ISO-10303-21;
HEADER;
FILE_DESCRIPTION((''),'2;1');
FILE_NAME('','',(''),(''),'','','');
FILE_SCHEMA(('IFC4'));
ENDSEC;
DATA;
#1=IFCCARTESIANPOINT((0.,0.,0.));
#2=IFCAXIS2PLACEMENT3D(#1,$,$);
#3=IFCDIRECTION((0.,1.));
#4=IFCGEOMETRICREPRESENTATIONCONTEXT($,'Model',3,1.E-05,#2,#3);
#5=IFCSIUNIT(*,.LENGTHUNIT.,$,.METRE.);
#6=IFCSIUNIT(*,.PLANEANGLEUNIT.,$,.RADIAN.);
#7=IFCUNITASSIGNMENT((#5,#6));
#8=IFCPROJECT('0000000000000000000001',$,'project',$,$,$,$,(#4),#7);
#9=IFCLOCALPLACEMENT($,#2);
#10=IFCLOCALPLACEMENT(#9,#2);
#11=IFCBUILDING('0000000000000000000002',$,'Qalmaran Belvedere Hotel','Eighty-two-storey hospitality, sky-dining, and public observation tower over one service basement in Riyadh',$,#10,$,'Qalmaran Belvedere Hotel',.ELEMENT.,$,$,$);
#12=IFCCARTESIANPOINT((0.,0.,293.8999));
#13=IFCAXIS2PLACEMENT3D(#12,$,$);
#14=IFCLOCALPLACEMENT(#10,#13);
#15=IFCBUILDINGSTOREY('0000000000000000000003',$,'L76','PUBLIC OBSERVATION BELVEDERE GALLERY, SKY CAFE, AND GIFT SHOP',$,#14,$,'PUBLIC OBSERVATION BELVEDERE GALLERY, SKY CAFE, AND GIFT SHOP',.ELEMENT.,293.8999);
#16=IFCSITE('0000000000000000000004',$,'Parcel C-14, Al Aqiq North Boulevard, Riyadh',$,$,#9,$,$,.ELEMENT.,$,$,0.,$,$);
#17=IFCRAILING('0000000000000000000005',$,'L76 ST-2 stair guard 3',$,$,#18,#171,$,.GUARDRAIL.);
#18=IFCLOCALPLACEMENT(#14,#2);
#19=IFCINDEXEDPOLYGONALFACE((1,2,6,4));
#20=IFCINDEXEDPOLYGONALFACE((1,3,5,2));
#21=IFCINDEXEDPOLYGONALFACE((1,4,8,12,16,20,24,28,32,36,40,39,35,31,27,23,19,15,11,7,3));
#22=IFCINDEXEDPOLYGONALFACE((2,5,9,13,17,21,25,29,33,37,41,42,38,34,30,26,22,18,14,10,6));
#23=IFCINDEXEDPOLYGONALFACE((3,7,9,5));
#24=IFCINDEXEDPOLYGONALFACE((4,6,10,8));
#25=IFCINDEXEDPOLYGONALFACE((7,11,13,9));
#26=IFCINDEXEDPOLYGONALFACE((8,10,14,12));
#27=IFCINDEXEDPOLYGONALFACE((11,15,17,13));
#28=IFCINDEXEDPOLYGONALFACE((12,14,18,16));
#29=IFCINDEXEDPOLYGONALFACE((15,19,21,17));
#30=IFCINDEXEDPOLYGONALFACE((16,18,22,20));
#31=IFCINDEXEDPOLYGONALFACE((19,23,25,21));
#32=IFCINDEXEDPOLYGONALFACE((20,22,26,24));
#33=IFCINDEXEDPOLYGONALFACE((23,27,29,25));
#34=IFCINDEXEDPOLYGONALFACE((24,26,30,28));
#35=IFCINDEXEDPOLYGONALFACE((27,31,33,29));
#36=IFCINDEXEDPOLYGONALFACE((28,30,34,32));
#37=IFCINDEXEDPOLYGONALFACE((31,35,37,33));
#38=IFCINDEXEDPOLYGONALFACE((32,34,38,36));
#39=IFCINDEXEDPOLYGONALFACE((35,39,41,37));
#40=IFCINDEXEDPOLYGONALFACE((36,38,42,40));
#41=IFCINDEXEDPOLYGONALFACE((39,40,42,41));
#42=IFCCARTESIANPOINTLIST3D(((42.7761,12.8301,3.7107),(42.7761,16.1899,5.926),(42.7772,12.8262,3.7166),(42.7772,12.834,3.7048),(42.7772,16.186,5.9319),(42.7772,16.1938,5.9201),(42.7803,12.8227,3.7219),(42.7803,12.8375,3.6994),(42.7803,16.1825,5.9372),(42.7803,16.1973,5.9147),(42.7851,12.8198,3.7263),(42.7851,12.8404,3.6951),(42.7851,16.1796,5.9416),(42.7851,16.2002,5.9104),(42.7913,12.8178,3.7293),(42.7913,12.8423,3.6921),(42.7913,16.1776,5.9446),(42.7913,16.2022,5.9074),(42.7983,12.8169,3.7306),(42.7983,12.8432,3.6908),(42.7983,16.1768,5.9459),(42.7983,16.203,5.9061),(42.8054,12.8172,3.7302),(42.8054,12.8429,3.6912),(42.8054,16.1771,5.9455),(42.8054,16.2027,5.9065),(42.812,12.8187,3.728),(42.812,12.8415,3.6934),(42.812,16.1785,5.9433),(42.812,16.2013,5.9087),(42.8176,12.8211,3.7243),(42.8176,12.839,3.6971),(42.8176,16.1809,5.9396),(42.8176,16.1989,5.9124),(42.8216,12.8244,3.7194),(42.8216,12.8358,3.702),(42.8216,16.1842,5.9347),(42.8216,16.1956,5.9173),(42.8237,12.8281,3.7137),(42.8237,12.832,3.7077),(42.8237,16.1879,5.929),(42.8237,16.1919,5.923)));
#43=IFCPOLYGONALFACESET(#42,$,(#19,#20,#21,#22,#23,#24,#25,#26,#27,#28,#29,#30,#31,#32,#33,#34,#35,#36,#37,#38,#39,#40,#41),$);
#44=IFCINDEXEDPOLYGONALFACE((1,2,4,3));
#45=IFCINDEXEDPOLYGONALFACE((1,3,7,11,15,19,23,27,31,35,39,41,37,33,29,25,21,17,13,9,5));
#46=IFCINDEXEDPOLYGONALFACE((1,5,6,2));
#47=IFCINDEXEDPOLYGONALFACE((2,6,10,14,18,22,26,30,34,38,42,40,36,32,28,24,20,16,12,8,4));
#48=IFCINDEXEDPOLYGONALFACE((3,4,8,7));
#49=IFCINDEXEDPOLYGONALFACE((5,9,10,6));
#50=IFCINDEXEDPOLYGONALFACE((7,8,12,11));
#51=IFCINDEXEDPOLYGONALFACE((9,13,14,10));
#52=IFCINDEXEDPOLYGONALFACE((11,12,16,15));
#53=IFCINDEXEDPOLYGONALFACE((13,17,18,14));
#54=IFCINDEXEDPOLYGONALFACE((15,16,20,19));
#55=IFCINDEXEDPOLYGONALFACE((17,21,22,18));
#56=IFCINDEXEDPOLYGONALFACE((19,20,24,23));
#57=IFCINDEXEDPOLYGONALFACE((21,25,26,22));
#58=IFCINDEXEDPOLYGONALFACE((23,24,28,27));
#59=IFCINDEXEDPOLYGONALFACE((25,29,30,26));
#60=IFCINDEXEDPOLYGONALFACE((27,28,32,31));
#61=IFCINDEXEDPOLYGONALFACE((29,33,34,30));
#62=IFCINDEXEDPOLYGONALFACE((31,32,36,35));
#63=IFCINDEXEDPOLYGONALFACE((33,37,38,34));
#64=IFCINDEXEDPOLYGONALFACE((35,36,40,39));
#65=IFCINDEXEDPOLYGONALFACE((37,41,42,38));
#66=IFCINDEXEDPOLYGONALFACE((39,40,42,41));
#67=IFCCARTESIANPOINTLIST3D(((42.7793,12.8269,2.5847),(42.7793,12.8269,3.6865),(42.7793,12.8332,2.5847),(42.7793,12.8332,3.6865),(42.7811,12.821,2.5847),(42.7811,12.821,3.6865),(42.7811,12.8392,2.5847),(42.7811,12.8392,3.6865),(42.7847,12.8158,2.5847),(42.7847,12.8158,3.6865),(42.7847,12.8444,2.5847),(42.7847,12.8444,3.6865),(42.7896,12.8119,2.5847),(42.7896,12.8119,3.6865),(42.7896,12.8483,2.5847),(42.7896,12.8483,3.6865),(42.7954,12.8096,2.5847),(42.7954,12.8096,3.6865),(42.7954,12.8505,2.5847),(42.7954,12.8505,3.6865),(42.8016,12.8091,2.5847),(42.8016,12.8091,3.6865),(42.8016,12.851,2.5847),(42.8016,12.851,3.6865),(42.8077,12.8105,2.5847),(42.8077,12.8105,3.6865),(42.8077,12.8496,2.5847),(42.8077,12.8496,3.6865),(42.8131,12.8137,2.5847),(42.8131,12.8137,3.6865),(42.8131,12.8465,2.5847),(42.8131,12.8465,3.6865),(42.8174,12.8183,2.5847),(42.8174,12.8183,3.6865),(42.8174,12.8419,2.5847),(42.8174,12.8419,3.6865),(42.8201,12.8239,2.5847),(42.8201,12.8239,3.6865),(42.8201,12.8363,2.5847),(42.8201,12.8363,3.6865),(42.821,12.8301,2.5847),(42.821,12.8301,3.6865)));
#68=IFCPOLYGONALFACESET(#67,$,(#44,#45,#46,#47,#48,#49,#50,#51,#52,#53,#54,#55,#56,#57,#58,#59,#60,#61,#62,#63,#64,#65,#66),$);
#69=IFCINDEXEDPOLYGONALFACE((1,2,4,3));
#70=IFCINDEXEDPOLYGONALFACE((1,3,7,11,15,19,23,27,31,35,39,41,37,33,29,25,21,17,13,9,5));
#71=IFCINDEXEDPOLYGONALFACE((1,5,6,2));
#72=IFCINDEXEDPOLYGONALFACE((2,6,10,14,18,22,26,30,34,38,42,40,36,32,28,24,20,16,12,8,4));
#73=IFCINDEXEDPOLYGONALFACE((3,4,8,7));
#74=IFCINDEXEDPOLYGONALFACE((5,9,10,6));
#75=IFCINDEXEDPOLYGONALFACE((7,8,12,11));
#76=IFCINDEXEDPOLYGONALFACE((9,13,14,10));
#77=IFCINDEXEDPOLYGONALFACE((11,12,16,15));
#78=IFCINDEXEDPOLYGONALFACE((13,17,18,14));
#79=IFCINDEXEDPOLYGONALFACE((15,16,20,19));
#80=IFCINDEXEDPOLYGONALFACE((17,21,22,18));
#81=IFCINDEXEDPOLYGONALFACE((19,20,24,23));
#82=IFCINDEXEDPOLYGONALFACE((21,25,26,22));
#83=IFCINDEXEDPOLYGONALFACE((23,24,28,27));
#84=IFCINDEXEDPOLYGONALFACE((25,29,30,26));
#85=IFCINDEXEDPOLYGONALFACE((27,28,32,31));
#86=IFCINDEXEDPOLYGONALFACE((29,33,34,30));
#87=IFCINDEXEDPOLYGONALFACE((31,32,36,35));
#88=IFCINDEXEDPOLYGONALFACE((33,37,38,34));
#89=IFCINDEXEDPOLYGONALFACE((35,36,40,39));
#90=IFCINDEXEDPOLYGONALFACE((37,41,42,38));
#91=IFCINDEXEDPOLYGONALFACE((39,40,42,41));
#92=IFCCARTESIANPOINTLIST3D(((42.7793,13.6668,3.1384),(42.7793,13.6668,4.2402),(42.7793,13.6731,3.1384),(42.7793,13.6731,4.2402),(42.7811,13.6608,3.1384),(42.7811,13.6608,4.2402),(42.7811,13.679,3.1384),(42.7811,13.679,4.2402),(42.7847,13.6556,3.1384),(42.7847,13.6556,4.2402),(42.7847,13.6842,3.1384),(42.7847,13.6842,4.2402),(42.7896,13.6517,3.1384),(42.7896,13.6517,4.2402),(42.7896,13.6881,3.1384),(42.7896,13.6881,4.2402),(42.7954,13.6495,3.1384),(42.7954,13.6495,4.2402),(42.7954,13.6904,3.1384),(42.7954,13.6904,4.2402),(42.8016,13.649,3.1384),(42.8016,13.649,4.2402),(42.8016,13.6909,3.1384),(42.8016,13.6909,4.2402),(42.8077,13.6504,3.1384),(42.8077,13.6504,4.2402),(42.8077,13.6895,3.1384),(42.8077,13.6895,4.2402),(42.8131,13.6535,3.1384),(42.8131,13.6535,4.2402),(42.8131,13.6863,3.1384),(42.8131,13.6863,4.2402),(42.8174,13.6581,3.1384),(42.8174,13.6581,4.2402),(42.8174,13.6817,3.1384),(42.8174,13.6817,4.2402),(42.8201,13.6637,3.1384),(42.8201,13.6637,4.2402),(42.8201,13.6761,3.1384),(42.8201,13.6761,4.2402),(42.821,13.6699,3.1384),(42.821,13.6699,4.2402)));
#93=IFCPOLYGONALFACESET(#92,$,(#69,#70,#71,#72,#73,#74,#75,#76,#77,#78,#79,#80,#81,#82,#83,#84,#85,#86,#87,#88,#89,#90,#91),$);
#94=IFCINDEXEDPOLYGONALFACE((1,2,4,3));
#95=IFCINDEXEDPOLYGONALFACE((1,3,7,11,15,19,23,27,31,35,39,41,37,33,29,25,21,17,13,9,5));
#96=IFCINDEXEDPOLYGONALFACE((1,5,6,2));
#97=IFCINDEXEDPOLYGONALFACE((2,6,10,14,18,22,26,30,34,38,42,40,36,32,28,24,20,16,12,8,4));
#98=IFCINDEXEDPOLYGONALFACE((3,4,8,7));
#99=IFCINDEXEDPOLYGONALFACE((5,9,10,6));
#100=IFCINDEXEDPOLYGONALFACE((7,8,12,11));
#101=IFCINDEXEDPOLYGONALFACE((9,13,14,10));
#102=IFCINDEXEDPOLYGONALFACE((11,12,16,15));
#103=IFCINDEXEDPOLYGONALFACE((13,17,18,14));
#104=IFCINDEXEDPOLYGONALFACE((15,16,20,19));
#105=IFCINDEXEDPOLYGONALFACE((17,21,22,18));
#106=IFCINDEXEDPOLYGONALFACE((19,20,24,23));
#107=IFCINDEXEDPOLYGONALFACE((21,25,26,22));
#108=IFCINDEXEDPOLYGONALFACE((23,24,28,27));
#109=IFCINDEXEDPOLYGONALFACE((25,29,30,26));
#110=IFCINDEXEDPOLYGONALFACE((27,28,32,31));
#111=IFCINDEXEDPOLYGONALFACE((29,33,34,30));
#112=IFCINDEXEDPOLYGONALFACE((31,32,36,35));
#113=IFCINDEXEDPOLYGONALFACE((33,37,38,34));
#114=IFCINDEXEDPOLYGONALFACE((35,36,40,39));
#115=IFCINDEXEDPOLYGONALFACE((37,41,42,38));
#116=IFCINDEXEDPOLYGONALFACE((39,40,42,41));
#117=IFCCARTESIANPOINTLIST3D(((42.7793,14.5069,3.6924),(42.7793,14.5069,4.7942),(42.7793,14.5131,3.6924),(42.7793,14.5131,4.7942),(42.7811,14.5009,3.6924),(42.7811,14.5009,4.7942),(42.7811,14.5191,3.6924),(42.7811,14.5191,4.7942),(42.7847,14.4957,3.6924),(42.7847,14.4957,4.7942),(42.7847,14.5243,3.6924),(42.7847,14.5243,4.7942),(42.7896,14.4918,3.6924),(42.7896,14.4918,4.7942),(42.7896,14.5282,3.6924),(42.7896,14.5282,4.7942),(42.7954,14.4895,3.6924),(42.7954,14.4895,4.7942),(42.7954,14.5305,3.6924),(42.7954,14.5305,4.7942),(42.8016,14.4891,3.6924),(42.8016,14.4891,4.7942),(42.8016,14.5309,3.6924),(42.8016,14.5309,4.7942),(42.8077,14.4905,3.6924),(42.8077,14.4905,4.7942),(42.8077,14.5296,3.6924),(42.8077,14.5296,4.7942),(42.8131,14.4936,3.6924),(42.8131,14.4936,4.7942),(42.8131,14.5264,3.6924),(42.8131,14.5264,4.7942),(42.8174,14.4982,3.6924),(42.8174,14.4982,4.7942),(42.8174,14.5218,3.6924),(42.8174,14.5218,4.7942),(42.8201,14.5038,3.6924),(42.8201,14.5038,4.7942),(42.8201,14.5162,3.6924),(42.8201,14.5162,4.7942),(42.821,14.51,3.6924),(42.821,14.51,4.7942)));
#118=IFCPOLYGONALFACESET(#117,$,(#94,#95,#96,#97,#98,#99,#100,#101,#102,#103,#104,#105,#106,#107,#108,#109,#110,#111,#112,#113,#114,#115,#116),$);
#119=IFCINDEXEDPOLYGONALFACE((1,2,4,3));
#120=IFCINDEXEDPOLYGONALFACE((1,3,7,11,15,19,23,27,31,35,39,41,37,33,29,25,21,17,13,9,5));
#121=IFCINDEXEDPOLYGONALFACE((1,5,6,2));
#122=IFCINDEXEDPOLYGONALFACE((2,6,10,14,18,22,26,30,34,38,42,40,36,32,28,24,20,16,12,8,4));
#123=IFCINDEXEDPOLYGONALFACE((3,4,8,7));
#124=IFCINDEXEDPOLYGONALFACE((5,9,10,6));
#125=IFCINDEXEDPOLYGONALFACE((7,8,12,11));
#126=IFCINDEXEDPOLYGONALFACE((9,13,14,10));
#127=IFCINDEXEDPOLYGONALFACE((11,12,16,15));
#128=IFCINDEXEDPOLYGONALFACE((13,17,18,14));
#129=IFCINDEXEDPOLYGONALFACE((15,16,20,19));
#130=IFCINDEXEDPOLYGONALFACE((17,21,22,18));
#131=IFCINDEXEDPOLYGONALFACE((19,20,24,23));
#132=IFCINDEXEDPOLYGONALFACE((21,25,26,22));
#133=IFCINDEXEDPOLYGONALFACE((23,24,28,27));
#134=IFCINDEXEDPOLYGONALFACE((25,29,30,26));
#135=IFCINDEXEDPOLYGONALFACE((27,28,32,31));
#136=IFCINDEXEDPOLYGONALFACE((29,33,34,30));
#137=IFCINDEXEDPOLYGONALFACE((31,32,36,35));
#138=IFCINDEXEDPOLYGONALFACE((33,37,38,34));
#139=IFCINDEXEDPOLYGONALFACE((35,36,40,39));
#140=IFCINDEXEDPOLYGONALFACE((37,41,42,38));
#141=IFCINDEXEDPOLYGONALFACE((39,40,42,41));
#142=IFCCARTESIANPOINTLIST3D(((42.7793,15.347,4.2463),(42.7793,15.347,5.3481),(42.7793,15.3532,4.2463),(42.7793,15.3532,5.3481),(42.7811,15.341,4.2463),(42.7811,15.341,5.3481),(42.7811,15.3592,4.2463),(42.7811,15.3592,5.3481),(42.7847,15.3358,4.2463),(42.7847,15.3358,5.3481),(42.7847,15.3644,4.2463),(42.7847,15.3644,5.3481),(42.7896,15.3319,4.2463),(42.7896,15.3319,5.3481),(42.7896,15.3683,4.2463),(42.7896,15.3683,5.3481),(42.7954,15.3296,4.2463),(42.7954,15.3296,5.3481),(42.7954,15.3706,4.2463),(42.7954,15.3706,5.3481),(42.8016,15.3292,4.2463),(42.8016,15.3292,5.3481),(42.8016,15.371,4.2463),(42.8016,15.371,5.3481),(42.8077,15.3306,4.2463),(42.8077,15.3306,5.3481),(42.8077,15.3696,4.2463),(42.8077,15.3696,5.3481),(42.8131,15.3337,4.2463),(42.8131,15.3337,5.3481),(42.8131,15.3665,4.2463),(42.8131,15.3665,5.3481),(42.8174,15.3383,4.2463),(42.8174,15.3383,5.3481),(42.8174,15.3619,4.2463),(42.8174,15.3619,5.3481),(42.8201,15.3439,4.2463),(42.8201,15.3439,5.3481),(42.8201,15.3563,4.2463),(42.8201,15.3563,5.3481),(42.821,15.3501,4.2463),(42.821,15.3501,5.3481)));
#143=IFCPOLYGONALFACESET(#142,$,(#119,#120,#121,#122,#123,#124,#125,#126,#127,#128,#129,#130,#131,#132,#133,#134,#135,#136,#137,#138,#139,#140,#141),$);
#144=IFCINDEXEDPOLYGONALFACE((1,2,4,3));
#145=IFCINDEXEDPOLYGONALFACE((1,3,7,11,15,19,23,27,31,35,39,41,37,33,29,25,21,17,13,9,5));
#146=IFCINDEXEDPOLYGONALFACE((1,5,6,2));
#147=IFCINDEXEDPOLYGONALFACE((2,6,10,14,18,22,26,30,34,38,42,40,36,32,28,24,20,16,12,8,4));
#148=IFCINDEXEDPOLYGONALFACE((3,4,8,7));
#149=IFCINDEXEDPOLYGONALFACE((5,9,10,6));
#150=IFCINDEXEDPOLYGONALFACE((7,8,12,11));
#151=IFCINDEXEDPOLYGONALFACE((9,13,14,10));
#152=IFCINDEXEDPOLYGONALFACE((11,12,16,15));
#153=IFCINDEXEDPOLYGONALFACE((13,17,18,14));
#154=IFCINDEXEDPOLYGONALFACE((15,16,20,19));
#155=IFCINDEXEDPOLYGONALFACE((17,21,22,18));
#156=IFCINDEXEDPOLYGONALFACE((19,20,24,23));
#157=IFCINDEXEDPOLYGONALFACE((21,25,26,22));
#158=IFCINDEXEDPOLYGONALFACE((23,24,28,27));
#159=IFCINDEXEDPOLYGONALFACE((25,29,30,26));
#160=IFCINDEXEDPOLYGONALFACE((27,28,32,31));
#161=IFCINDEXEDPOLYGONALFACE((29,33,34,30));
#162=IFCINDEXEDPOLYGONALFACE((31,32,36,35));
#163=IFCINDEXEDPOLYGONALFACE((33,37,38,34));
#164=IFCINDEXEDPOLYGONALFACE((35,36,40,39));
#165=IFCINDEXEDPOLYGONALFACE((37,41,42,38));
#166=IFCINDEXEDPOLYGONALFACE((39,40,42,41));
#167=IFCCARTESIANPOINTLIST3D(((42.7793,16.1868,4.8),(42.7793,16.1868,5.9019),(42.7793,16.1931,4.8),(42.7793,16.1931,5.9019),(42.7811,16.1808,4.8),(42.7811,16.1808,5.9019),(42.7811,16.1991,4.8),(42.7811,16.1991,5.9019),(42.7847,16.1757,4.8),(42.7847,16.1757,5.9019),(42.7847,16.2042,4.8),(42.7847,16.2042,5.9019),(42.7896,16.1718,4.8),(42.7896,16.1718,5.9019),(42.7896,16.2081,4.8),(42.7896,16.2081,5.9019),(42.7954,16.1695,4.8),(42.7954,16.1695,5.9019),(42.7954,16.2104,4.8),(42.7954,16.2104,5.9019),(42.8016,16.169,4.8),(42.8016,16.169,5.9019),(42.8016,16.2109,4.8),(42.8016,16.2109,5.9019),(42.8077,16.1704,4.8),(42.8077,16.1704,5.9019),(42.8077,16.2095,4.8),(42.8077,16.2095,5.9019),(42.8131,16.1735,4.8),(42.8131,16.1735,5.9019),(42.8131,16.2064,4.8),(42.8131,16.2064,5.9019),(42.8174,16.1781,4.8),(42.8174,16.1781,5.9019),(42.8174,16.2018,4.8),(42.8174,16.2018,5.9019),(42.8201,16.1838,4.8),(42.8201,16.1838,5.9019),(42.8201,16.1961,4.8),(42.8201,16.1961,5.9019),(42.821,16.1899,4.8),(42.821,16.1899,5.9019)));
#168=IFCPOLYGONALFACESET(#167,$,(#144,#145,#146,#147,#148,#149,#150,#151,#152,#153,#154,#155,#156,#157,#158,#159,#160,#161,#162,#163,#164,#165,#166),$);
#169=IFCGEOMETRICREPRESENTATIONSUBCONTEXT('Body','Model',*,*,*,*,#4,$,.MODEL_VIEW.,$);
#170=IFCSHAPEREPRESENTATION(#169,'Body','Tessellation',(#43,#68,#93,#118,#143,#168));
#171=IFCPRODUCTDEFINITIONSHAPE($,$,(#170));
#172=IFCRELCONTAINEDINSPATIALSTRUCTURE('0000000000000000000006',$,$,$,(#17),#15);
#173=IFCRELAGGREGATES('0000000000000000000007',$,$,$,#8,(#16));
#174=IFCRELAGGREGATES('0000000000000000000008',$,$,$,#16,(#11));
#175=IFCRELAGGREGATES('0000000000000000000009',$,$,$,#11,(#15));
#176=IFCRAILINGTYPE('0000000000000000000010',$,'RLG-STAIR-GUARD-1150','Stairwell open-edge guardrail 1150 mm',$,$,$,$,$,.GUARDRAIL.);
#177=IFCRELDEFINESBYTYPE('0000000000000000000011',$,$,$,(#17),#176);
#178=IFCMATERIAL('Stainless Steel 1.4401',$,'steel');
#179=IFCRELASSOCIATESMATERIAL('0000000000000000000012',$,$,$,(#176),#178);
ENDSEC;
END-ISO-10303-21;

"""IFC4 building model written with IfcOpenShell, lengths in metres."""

from ifc_helpers import new_model, si_unit, direction, frame, origin, origin_2d, place, context, subcontext, project, spatial, circle, extrude, material, type_object, element, save


model = new_model("IFC4")

# Units and contexts
model_context = context("Model", 3, precision=1e-05, world=origin(), true_north=direction((0.0, 1.0)))
body_context = subcontext(model_context, "Body", "Model", "MODEL_VIEW")
ifc_project = project(units=[si_unit("LENGTHUNIT", "METRE"), si_unit("PLANEANGLEUNIT", "RADIAN")], contexts=[model_context])

# Site, building, storey
site_placement = place(None, origin())
site = spatial("IfcSite", under=ifc_project, at=site_placement, Name="Parcel C-14, Al Aqiq North Boulevard, Riyadh", CompositionType="ELEMENT", RefElevation=0.0)
building_placement = place(site_placement, origin())
building = spatial("IfcBuilding", under=site, at=building_placement, Name="Qalmaran Belvedere Hotel", Description="Eighty-two-storey hospitality, sky-dining, and public observation tower over one service basement in Riyadh", LongName="Qalmaran Belvedere Hotel", CompositionType="ELEMENT")
storey_placement = place(building_placement, frame((0.0, 0.0, 293.8999)))
storey = spatial("IfcBuildingStorey", under=building, at=storey_placement, Name="L76", Description="PUBLIC OBSERVATION BELVEDERE GALLERY, SKY CAFE, AND GIFT SHOP", LongName="PUBLIC OBSERVATION BELVEDERE GALLERY, SKY CAFE, AND GIFT SHOP", CompositionType="ELEMENT", Elevation=293.8999)

# Railing
ifc_material_1 = material(Name="Stainless Steel 1.4401", Category="steel")
railing_type_1 = type_object("IfcRailingType", Name="RLG-STAIR-GUARD-1150", Description="Stairwell open-edge guardrail 1150 mm", PredefinedType="GUARDRAIL", material=ifc_material_1)
railing_1_placement = place(storey_placement, frame((42.8, 12.8301, 2.5847)))
element("IfcRailing", 1, at=railing_1_placement, inside=storey, type_object=railing_type_1, Name="L76 ST-2 stair guard 3", PredefinedType="GUARDRAIL", context=body_context, shape_type="SweptSolid", body=[
    extrude(circle(Radius=0.0239, at=origin_2d()), frame((0.0, 0.0, 1.126), z_axis=(0.0, 0.834858, 0.550465), x_axis=(-1.0, 0.0, 0.0)), (0.0, 0.0, 1.0), 4.0244),
    extrude(circle(Radius=0.021, at=origin_2d()), origin(), (0.0, 0.0, 1.0), 1.1018),
    extrude(circle(Radius=0.021, at=origin_2d()), frame((0.0, 0.8398, 0.5537)), (0.0, 0.0, 1.0), 1.1018),
    extrude(circle(Radius=0.021, at=origin_2d()), frame((0.0, 1.6799, 1.1077)), (0.0, 0.0, 1.0), 1.1018),
    extrude(circle(Radius=0.021, at=origin_2d()), frame((0.0, 2.52, 1.6616)), (0.0, 0.0, 1.0), 1.1018),
    extrude(circle(Radius=0.021, at=origin_2d()), frame((0.0, 3.3599, 2.2153)), (0.0, 0.0, 1.0), 1.1018),
])

save(model, "model.ifc")
